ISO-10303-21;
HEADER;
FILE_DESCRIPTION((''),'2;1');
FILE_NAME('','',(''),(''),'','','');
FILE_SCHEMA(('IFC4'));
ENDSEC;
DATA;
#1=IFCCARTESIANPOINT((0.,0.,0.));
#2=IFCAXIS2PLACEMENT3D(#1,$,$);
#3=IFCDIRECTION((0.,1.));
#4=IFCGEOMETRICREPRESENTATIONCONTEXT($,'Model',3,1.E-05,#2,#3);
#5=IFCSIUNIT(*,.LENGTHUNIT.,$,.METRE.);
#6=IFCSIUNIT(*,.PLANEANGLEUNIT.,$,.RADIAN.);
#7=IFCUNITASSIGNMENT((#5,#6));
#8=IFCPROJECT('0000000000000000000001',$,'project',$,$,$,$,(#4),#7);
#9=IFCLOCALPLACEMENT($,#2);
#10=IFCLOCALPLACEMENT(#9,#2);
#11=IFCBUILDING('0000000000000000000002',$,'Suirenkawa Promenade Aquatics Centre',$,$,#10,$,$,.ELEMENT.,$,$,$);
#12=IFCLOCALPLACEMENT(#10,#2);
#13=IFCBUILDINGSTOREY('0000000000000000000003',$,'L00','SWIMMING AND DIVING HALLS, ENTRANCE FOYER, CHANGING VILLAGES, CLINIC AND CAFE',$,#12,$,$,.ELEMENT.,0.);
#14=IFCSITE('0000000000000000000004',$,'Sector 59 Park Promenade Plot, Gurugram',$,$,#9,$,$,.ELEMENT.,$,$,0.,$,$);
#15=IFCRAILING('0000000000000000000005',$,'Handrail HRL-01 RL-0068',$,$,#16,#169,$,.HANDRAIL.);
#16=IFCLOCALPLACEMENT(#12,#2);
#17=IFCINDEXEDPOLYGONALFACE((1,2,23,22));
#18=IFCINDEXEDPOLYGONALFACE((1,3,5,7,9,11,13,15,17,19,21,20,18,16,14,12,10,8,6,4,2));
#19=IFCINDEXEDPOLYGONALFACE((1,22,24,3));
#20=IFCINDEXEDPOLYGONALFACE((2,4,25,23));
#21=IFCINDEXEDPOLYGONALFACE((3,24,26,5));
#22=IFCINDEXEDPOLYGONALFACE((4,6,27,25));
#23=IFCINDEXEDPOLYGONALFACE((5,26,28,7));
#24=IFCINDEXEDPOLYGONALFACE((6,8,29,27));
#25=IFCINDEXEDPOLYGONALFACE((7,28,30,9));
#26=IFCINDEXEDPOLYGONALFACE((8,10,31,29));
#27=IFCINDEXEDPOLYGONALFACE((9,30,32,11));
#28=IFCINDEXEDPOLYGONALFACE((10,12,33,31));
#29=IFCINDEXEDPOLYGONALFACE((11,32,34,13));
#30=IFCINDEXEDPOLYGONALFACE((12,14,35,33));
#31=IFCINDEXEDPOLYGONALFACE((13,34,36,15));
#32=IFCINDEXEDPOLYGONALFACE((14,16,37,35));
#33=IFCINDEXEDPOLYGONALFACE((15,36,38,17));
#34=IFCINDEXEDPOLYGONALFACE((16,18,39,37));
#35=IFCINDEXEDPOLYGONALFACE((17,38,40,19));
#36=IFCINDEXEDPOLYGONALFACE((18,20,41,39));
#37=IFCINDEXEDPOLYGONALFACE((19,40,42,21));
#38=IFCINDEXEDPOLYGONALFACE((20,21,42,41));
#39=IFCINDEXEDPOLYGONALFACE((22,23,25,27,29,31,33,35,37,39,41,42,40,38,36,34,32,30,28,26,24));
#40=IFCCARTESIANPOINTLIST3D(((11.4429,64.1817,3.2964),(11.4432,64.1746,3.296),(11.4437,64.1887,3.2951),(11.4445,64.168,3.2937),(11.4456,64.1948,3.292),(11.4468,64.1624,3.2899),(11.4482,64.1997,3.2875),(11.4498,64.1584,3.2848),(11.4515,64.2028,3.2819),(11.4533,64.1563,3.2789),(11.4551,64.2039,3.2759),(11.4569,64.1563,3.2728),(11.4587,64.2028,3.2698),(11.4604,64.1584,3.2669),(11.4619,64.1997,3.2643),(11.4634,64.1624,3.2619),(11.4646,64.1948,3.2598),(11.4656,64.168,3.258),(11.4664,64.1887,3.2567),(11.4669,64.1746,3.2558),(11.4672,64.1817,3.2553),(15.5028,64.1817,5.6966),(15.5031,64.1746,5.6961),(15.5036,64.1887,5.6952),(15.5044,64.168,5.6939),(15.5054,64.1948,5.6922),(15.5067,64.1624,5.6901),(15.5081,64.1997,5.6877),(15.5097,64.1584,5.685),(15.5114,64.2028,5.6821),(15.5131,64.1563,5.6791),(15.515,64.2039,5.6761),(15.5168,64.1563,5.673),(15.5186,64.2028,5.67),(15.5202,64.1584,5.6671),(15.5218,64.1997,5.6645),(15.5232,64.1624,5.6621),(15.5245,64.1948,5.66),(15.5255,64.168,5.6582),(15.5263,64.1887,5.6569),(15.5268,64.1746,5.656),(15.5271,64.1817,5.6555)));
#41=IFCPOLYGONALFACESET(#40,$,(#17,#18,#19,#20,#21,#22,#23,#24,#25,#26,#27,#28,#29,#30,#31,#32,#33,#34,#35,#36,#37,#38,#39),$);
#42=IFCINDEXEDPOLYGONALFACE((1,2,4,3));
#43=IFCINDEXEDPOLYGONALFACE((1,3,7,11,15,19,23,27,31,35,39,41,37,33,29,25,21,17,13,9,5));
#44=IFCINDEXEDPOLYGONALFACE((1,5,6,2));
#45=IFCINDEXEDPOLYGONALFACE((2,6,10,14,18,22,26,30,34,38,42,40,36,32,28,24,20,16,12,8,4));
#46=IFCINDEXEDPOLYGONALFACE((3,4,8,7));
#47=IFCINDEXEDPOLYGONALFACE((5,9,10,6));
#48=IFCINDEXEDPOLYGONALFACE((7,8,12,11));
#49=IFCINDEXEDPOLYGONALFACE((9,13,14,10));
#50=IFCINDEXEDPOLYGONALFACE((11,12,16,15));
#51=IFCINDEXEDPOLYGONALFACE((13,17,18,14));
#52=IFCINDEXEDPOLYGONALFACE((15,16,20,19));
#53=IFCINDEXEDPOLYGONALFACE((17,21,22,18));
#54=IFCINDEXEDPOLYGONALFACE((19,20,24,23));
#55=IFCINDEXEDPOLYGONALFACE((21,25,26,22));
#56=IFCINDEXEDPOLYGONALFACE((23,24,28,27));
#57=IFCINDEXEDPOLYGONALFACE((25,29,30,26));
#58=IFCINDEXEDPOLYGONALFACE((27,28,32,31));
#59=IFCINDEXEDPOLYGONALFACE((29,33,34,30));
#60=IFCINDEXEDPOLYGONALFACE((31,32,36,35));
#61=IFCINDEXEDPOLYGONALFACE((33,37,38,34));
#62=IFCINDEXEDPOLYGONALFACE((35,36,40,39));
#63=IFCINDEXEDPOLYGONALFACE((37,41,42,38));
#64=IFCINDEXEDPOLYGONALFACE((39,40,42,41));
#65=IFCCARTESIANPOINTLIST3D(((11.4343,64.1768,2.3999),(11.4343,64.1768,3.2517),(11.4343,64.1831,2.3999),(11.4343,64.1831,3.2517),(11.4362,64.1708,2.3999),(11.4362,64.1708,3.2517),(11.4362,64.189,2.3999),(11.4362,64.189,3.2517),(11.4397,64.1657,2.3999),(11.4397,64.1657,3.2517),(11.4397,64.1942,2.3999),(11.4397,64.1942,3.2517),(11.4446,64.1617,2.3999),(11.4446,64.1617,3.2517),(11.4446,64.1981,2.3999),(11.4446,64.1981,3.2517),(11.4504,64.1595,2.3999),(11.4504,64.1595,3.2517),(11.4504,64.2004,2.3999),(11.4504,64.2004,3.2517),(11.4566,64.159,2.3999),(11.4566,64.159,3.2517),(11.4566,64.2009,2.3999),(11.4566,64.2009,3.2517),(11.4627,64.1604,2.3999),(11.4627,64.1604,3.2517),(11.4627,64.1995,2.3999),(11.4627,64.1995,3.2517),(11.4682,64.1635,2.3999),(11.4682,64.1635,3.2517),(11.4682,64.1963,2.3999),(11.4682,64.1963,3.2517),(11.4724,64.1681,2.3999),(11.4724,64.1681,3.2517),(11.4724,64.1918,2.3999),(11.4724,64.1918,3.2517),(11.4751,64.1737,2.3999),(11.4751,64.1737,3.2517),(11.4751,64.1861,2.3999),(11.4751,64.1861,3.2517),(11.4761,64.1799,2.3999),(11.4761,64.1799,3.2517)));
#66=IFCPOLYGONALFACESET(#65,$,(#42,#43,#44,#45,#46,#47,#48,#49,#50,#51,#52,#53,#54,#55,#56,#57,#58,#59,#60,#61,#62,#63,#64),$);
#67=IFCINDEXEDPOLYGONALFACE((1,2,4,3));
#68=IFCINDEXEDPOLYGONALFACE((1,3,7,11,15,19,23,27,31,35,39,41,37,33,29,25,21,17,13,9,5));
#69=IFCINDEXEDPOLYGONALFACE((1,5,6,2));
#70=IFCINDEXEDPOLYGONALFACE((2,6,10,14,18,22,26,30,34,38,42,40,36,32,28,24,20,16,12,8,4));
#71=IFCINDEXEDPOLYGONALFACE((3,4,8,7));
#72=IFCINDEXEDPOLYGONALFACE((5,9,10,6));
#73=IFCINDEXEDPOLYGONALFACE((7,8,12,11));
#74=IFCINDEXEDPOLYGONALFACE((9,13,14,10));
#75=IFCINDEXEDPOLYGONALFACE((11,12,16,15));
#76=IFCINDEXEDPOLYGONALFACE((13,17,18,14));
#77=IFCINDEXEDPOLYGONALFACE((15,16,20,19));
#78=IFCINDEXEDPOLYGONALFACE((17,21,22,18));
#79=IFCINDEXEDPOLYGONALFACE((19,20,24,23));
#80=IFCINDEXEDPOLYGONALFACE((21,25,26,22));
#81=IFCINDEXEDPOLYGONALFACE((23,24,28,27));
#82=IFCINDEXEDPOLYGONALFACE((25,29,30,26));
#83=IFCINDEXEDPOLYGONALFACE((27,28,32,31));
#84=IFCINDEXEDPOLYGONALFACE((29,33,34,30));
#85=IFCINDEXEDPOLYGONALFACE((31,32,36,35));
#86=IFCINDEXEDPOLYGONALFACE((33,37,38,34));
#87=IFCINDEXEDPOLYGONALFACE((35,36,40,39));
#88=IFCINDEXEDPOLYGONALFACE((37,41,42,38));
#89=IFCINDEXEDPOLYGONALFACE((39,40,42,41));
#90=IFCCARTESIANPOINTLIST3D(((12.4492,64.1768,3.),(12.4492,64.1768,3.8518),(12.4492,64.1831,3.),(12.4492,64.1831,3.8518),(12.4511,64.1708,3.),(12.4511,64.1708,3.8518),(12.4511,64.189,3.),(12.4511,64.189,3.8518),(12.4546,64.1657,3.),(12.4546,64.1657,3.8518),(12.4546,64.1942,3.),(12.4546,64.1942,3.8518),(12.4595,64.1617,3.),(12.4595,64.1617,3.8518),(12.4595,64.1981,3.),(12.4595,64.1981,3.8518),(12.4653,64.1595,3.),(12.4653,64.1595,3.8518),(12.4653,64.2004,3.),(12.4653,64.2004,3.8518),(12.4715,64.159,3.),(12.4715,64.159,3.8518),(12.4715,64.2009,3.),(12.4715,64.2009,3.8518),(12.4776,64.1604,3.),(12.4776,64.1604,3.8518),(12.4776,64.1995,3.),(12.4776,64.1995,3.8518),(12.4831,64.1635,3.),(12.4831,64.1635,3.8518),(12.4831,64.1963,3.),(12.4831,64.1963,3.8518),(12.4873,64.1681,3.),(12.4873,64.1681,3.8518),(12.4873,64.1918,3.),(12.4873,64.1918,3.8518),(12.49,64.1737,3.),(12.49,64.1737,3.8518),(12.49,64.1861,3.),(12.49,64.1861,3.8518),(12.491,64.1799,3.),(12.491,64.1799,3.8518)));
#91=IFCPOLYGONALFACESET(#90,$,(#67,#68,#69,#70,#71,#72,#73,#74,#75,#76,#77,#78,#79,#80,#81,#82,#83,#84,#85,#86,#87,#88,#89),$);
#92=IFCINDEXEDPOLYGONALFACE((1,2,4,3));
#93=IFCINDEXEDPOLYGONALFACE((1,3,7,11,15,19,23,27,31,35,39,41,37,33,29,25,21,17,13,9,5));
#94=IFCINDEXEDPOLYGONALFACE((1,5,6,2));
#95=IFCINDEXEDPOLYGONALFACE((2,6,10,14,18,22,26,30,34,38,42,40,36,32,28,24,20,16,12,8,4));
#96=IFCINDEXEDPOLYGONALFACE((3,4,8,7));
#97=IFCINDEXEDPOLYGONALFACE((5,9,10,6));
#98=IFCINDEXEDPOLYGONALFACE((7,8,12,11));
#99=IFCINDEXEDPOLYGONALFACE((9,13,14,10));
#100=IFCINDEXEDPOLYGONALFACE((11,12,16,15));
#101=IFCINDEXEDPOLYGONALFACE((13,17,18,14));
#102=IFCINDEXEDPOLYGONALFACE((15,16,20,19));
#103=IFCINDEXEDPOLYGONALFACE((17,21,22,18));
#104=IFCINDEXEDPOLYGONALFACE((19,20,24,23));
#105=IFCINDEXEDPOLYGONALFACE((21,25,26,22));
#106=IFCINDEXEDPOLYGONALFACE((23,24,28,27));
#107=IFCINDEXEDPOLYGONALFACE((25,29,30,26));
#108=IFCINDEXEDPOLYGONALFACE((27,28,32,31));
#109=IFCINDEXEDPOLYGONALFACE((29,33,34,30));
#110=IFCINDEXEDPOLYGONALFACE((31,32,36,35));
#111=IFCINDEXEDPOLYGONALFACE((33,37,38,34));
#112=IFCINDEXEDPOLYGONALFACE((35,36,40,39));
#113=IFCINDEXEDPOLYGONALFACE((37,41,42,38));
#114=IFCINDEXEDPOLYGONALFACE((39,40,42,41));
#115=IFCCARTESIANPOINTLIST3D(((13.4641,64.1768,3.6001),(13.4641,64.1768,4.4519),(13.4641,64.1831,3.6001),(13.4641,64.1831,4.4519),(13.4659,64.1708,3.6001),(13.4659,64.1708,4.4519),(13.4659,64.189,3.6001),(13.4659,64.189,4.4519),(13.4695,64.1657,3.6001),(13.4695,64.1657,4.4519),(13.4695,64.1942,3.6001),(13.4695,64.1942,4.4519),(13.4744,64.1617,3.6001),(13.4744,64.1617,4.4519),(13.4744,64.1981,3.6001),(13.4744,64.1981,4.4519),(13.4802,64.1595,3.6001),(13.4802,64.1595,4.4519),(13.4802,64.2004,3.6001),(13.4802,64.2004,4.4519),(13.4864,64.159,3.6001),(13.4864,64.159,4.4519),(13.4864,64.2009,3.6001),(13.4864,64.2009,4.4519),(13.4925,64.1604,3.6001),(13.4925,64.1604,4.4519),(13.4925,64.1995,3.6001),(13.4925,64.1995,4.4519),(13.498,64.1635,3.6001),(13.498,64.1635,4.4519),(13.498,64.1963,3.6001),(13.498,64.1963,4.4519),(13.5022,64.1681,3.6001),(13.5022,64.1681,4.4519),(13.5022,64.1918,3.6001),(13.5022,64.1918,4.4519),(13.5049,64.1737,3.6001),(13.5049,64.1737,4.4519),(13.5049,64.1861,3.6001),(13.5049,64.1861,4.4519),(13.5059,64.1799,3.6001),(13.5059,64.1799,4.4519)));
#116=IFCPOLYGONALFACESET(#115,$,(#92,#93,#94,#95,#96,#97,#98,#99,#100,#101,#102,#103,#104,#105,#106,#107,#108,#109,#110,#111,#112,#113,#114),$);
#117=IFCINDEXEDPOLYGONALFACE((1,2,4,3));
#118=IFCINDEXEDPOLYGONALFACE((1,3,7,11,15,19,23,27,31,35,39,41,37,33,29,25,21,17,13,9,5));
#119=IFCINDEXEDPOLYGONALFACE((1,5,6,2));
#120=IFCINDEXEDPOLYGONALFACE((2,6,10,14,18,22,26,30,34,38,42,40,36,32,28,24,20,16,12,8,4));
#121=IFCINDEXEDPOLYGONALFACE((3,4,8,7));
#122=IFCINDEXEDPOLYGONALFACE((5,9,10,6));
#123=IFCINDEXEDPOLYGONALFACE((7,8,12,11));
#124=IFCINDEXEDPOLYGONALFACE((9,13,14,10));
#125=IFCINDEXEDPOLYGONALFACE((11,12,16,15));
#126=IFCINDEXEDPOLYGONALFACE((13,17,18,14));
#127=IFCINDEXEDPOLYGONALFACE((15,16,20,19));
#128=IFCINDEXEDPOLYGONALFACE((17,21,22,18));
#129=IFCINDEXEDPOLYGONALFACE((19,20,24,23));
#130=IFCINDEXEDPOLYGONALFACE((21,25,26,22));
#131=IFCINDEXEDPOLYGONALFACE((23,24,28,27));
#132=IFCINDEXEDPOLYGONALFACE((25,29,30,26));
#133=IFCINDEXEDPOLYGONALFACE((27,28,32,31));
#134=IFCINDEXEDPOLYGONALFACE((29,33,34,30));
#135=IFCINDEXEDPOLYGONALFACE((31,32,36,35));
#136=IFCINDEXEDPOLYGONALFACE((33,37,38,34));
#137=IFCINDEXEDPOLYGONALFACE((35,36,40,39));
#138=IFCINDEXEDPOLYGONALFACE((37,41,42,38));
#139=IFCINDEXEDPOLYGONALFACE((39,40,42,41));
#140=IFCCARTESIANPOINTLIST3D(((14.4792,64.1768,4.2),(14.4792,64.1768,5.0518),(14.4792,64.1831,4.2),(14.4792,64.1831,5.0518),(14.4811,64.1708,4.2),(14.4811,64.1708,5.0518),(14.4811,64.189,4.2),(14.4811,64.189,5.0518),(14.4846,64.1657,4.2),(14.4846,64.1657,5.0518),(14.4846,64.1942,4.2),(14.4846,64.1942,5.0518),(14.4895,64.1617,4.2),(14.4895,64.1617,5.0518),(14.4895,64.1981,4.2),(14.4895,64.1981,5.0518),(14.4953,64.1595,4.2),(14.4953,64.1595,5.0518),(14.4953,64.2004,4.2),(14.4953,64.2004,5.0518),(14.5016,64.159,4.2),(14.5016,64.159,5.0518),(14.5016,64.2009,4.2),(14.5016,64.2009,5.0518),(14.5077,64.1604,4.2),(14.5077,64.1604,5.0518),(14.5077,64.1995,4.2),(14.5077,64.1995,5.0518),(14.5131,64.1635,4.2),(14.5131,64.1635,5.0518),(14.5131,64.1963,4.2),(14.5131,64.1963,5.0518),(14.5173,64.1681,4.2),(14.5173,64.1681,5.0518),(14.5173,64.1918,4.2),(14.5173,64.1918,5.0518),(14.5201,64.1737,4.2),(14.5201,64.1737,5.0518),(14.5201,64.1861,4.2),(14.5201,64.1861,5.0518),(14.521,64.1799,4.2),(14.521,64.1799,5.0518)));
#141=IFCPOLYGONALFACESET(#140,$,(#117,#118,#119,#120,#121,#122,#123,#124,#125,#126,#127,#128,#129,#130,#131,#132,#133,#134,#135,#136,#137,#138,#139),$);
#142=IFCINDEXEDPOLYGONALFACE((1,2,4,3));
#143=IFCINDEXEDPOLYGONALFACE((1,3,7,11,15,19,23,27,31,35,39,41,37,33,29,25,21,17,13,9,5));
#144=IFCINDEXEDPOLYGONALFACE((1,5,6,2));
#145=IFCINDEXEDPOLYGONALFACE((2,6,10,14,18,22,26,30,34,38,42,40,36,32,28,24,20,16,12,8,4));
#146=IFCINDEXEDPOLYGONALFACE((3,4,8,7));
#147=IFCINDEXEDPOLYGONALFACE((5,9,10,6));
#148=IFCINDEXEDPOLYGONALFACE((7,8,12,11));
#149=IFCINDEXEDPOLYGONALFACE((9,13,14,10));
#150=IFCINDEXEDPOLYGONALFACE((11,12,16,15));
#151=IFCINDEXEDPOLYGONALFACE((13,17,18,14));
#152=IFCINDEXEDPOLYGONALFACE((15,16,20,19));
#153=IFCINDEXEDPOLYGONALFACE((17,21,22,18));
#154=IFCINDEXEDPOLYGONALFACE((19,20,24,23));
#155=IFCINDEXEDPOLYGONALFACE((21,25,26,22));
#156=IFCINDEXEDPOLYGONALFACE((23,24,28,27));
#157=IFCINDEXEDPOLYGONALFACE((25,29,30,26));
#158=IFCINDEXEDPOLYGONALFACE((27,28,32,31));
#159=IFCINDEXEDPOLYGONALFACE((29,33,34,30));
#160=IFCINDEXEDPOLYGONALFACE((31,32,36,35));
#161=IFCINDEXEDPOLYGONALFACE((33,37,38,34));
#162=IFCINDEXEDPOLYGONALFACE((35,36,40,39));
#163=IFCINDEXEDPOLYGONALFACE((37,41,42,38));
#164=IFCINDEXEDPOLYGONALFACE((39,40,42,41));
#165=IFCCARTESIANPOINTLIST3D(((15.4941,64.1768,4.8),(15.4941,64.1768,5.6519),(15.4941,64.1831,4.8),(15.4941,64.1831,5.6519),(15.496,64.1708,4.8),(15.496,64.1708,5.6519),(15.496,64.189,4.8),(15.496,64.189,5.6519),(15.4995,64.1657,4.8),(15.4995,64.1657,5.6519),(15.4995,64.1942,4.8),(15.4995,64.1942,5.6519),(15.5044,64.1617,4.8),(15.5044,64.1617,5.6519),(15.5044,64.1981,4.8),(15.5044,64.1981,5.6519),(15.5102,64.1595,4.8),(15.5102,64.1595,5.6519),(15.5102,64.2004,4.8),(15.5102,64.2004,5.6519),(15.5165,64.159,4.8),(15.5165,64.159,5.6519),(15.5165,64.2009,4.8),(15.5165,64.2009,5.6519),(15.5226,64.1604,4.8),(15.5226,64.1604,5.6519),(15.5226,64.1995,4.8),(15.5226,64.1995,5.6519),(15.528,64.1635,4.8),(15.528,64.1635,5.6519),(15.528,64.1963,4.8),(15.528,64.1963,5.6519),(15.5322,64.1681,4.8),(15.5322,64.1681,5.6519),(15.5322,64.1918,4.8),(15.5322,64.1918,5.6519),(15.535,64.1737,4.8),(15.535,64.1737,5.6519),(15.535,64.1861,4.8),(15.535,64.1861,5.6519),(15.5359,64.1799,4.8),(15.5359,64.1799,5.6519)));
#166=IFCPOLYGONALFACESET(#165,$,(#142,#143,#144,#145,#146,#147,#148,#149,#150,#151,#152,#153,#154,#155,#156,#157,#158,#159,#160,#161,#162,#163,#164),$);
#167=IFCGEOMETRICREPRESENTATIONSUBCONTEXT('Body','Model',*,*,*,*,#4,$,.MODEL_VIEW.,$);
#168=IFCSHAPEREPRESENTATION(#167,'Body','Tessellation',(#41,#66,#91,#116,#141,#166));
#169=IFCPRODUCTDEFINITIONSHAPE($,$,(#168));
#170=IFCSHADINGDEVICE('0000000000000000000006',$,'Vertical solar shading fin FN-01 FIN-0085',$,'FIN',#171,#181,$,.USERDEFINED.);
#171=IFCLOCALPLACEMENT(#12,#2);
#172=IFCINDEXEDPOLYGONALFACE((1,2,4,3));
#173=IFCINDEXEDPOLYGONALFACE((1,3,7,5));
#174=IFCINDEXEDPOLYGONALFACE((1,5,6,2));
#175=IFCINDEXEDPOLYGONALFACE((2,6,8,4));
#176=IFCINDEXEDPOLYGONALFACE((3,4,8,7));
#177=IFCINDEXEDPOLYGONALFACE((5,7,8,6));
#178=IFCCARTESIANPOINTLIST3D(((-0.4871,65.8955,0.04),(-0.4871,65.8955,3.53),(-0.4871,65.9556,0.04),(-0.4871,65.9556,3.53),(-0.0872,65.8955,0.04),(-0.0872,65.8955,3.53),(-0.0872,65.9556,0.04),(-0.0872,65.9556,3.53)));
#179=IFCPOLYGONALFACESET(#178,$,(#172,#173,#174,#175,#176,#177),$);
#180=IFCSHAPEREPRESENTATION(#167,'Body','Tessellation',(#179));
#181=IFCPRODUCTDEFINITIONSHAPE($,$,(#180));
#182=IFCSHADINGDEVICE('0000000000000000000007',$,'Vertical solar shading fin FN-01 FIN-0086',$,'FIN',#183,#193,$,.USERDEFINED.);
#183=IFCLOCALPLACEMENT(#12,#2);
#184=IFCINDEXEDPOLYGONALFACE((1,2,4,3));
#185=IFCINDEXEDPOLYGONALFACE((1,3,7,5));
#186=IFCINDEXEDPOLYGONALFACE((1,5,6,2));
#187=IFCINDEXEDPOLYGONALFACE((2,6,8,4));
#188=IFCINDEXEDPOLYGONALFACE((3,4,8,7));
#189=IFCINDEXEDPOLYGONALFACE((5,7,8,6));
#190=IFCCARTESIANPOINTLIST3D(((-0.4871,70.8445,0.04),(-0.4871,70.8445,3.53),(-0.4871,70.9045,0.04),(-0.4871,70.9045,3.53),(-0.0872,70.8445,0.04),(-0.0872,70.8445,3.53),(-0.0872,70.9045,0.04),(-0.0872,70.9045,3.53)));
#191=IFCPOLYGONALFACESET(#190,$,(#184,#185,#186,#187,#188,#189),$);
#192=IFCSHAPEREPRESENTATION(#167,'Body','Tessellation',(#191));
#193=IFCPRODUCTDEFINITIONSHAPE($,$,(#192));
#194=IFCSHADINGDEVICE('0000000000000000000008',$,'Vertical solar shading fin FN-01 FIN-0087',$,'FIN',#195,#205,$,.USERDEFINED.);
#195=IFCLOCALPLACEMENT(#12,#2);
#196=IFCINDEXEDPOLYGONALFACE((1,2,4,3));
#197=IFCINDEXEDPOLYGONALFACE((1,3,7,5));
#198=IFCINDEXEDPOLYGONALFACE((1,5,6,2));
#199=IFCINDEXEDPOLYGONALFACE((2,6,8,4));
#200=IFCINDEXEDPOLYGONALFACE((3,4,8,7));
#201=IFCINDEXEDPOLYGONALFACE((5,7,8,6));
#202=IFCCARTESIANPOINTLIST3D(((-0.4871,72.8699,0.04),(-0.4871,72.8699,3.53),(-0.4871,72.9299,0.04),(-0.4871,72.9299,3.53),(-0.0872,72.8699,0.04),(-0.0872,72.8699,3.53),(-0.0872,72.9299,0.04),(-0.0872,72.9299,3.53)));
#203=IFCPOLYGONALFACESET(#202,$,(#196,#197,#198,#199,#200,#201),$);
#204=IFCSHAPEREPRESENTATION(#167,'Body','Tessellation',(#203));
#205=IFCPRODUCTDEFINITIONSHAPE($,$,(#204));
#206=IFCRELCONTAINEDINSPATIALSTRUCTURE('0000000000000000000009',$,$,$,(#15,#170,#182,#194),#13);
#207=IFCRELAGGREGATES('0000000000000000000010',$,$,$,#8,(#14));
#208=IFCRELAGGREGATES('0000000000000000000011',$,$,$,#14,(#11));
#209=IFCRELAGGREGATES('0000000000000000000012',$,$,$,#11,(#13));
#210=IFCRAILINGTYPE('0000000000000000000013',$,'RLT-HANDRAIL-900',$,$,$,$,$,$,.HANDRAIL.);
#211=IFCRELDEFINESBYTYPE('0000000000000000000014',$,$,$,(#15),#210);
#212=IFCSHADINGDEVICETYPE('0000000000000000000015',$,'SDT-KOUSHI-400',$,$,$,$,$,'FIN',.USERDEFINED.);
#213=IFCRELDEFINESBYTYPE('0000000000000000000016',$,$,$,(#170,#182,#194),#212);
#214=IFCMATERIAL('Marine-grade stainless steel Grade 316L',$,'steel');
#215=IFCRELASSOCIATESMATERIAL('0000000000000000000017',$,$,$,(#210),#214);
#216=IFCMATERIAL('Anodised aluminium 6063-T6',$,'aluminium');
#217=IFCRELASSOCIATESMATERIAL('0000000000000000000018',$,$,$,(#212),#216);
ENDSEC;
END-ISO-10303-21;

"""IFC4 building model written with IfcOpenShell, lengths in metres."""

from ifc_helpers import new_model, si_unit, direction, frame, origin, origin_2d, place, context, subcontext, project, spatial, rectangle, circle, extrude, material, type_object, element, save


model = new_model("IFC4")

# Units and contexts
model_context = context("Model", 3, precision=1e-05, world=origin(), true_north=direction((0.0, 1.0)))
body_context = subcontext(model_context, "Body", "Model", "MODEL_VIEW")
ifc_project = project(units=[si_unit("LENGTHUNIT", "METRE"), si_unit("PLANEANGLEUNIT", "RADIAN")], contexts=[model_context])

# Site, building, storey
site_placement = place(None, origin())
site = spatial("IfcSite", under=ifc_project, at=site_placement, Name="Sector 59 Park Promenade Plot, Gurugram", CompositionType="ELEMENT", RefElevation=0.0)
building_placement = place(site_placement, origin())
building = spatial("IfcBuilding", under=site, at=building_placement, Name="Suirenkawa Promenade Aquatics Centre", CompositionType="ELEMENT")
storey_placement = place(building_placement, origin())
storey = spatial("IfcBuildingStorey", under=building, at=storey_placement, Name="L00", Description="SWIMMING AND DIVING HALLS, ENTRANCE FOYER, CHANGING VILLAGES, CLINIC AND CAFE", CompositionType="ELEMENT", Elevation=0.0)

# Shared definitions
ifc_material_1 = material(Name="Anodised aluminium 6063-T6", Category="aluminium")

# Railing
ifc_material_2 = material(Name="Marine-grade stainless steel Grade 316L", Category="steel")
railing_type = type_object("IfcRailingType", Name="RLT-HANDRAIL-900", PredefinedType="HANDRAIL", material=ifc_material_2)
railing_placement = place(storey_placement, frame((11.4551, 64.1799, 2.3999)))
element("IfcRailing", 1, at=railing_placement, inside=storey, type_object=railing_type, Name="Handrail HRL-01 RL-0068", PredefinedType="HANDRAIL", context=body_context, shape_type="SweptSolid", body=[
    extrude(circle(Radius=0.0239, at=origin_2d()), frame((0.0, 0.0, 0.876), z_axis=(0.860818, 0.0, 0.508912), x_axis=(0.0, 1.0, 0.0)), (0.0, 0.0, 1.0), 4.7163),
    extrude(circle(Radius=0.021, at=origin_2d()), origin(), (0.0, 0.0, 1.0), 0.8518),
    extrude(circle(Radius=0.021, at=origin_2d()), frame((1.0149, 0.0, 0.6001)), (0.0, 0.0, 1.0), 0.8518),
    extrude(circle(Radius=0.021, at=origin_2d()), frame((2.0298, 0.0, 1.2002)), (0.0, 0.0, 1.0), 0.8518),
    extrude(circle(Radius=0.021, at=origin_2d()), frame((3.0449, 0.0, 1.8)), (0.0, 0.0, 1.0), 0.8518),
    extrude(circle(Radius=0.021, at=origin_2d()), frame((4.0598, 0.0, 2.4001)), (0.0, 0.0, 1.0), 0.8518),
])

# Shading devices
shading_device_type = type_object("IfcShadingDeviceType", Name="SDT-KOUSHI-400", ElementType="FIN", PredefinedType="USERDEFINED", material=ifc_material_1)
for number, where, z_axis, x_axis, name in (
    (2, (-0.2871, 65.9255, 0.04), (0.0, 0.0, 1.0), (-1.0, 0.0, 0.0), "Vertical solar shading fin FN-01 FIN-0085"),
    (3, (-0.2871, 70.8745, 0.04), (0.0, 0.0, 1.0), (-1.0, 0.0, 0.0), "Vertical solar shading fin FN-01 FIN-0086"),
    (4, (-0.2871, 72.8999, 0.04), (0.0, 0.0, 1.0), (-1.0, 0.0, 0.0), "Vertical solar shading fin FN-01 FIN-0087"),
):
    element("IfcShadingDevice", number, at=place(storey_placement, frame(where, z_axis=z_axis, x_axis=x_axis)), inside=storey, type_object=shading_device_type, Name=name, ObjectType="FIN", PredefinedType="USERDEFINED", context=body_context, shape_type="SweptSolid", body=[
        extrude(rectangle(XDim=0.3999, YDim=0.0601, at=origin_2d()), origin(), (0.0, 0.0, 1.0), 3.49),
    ])

save(model, "model.ifc")
